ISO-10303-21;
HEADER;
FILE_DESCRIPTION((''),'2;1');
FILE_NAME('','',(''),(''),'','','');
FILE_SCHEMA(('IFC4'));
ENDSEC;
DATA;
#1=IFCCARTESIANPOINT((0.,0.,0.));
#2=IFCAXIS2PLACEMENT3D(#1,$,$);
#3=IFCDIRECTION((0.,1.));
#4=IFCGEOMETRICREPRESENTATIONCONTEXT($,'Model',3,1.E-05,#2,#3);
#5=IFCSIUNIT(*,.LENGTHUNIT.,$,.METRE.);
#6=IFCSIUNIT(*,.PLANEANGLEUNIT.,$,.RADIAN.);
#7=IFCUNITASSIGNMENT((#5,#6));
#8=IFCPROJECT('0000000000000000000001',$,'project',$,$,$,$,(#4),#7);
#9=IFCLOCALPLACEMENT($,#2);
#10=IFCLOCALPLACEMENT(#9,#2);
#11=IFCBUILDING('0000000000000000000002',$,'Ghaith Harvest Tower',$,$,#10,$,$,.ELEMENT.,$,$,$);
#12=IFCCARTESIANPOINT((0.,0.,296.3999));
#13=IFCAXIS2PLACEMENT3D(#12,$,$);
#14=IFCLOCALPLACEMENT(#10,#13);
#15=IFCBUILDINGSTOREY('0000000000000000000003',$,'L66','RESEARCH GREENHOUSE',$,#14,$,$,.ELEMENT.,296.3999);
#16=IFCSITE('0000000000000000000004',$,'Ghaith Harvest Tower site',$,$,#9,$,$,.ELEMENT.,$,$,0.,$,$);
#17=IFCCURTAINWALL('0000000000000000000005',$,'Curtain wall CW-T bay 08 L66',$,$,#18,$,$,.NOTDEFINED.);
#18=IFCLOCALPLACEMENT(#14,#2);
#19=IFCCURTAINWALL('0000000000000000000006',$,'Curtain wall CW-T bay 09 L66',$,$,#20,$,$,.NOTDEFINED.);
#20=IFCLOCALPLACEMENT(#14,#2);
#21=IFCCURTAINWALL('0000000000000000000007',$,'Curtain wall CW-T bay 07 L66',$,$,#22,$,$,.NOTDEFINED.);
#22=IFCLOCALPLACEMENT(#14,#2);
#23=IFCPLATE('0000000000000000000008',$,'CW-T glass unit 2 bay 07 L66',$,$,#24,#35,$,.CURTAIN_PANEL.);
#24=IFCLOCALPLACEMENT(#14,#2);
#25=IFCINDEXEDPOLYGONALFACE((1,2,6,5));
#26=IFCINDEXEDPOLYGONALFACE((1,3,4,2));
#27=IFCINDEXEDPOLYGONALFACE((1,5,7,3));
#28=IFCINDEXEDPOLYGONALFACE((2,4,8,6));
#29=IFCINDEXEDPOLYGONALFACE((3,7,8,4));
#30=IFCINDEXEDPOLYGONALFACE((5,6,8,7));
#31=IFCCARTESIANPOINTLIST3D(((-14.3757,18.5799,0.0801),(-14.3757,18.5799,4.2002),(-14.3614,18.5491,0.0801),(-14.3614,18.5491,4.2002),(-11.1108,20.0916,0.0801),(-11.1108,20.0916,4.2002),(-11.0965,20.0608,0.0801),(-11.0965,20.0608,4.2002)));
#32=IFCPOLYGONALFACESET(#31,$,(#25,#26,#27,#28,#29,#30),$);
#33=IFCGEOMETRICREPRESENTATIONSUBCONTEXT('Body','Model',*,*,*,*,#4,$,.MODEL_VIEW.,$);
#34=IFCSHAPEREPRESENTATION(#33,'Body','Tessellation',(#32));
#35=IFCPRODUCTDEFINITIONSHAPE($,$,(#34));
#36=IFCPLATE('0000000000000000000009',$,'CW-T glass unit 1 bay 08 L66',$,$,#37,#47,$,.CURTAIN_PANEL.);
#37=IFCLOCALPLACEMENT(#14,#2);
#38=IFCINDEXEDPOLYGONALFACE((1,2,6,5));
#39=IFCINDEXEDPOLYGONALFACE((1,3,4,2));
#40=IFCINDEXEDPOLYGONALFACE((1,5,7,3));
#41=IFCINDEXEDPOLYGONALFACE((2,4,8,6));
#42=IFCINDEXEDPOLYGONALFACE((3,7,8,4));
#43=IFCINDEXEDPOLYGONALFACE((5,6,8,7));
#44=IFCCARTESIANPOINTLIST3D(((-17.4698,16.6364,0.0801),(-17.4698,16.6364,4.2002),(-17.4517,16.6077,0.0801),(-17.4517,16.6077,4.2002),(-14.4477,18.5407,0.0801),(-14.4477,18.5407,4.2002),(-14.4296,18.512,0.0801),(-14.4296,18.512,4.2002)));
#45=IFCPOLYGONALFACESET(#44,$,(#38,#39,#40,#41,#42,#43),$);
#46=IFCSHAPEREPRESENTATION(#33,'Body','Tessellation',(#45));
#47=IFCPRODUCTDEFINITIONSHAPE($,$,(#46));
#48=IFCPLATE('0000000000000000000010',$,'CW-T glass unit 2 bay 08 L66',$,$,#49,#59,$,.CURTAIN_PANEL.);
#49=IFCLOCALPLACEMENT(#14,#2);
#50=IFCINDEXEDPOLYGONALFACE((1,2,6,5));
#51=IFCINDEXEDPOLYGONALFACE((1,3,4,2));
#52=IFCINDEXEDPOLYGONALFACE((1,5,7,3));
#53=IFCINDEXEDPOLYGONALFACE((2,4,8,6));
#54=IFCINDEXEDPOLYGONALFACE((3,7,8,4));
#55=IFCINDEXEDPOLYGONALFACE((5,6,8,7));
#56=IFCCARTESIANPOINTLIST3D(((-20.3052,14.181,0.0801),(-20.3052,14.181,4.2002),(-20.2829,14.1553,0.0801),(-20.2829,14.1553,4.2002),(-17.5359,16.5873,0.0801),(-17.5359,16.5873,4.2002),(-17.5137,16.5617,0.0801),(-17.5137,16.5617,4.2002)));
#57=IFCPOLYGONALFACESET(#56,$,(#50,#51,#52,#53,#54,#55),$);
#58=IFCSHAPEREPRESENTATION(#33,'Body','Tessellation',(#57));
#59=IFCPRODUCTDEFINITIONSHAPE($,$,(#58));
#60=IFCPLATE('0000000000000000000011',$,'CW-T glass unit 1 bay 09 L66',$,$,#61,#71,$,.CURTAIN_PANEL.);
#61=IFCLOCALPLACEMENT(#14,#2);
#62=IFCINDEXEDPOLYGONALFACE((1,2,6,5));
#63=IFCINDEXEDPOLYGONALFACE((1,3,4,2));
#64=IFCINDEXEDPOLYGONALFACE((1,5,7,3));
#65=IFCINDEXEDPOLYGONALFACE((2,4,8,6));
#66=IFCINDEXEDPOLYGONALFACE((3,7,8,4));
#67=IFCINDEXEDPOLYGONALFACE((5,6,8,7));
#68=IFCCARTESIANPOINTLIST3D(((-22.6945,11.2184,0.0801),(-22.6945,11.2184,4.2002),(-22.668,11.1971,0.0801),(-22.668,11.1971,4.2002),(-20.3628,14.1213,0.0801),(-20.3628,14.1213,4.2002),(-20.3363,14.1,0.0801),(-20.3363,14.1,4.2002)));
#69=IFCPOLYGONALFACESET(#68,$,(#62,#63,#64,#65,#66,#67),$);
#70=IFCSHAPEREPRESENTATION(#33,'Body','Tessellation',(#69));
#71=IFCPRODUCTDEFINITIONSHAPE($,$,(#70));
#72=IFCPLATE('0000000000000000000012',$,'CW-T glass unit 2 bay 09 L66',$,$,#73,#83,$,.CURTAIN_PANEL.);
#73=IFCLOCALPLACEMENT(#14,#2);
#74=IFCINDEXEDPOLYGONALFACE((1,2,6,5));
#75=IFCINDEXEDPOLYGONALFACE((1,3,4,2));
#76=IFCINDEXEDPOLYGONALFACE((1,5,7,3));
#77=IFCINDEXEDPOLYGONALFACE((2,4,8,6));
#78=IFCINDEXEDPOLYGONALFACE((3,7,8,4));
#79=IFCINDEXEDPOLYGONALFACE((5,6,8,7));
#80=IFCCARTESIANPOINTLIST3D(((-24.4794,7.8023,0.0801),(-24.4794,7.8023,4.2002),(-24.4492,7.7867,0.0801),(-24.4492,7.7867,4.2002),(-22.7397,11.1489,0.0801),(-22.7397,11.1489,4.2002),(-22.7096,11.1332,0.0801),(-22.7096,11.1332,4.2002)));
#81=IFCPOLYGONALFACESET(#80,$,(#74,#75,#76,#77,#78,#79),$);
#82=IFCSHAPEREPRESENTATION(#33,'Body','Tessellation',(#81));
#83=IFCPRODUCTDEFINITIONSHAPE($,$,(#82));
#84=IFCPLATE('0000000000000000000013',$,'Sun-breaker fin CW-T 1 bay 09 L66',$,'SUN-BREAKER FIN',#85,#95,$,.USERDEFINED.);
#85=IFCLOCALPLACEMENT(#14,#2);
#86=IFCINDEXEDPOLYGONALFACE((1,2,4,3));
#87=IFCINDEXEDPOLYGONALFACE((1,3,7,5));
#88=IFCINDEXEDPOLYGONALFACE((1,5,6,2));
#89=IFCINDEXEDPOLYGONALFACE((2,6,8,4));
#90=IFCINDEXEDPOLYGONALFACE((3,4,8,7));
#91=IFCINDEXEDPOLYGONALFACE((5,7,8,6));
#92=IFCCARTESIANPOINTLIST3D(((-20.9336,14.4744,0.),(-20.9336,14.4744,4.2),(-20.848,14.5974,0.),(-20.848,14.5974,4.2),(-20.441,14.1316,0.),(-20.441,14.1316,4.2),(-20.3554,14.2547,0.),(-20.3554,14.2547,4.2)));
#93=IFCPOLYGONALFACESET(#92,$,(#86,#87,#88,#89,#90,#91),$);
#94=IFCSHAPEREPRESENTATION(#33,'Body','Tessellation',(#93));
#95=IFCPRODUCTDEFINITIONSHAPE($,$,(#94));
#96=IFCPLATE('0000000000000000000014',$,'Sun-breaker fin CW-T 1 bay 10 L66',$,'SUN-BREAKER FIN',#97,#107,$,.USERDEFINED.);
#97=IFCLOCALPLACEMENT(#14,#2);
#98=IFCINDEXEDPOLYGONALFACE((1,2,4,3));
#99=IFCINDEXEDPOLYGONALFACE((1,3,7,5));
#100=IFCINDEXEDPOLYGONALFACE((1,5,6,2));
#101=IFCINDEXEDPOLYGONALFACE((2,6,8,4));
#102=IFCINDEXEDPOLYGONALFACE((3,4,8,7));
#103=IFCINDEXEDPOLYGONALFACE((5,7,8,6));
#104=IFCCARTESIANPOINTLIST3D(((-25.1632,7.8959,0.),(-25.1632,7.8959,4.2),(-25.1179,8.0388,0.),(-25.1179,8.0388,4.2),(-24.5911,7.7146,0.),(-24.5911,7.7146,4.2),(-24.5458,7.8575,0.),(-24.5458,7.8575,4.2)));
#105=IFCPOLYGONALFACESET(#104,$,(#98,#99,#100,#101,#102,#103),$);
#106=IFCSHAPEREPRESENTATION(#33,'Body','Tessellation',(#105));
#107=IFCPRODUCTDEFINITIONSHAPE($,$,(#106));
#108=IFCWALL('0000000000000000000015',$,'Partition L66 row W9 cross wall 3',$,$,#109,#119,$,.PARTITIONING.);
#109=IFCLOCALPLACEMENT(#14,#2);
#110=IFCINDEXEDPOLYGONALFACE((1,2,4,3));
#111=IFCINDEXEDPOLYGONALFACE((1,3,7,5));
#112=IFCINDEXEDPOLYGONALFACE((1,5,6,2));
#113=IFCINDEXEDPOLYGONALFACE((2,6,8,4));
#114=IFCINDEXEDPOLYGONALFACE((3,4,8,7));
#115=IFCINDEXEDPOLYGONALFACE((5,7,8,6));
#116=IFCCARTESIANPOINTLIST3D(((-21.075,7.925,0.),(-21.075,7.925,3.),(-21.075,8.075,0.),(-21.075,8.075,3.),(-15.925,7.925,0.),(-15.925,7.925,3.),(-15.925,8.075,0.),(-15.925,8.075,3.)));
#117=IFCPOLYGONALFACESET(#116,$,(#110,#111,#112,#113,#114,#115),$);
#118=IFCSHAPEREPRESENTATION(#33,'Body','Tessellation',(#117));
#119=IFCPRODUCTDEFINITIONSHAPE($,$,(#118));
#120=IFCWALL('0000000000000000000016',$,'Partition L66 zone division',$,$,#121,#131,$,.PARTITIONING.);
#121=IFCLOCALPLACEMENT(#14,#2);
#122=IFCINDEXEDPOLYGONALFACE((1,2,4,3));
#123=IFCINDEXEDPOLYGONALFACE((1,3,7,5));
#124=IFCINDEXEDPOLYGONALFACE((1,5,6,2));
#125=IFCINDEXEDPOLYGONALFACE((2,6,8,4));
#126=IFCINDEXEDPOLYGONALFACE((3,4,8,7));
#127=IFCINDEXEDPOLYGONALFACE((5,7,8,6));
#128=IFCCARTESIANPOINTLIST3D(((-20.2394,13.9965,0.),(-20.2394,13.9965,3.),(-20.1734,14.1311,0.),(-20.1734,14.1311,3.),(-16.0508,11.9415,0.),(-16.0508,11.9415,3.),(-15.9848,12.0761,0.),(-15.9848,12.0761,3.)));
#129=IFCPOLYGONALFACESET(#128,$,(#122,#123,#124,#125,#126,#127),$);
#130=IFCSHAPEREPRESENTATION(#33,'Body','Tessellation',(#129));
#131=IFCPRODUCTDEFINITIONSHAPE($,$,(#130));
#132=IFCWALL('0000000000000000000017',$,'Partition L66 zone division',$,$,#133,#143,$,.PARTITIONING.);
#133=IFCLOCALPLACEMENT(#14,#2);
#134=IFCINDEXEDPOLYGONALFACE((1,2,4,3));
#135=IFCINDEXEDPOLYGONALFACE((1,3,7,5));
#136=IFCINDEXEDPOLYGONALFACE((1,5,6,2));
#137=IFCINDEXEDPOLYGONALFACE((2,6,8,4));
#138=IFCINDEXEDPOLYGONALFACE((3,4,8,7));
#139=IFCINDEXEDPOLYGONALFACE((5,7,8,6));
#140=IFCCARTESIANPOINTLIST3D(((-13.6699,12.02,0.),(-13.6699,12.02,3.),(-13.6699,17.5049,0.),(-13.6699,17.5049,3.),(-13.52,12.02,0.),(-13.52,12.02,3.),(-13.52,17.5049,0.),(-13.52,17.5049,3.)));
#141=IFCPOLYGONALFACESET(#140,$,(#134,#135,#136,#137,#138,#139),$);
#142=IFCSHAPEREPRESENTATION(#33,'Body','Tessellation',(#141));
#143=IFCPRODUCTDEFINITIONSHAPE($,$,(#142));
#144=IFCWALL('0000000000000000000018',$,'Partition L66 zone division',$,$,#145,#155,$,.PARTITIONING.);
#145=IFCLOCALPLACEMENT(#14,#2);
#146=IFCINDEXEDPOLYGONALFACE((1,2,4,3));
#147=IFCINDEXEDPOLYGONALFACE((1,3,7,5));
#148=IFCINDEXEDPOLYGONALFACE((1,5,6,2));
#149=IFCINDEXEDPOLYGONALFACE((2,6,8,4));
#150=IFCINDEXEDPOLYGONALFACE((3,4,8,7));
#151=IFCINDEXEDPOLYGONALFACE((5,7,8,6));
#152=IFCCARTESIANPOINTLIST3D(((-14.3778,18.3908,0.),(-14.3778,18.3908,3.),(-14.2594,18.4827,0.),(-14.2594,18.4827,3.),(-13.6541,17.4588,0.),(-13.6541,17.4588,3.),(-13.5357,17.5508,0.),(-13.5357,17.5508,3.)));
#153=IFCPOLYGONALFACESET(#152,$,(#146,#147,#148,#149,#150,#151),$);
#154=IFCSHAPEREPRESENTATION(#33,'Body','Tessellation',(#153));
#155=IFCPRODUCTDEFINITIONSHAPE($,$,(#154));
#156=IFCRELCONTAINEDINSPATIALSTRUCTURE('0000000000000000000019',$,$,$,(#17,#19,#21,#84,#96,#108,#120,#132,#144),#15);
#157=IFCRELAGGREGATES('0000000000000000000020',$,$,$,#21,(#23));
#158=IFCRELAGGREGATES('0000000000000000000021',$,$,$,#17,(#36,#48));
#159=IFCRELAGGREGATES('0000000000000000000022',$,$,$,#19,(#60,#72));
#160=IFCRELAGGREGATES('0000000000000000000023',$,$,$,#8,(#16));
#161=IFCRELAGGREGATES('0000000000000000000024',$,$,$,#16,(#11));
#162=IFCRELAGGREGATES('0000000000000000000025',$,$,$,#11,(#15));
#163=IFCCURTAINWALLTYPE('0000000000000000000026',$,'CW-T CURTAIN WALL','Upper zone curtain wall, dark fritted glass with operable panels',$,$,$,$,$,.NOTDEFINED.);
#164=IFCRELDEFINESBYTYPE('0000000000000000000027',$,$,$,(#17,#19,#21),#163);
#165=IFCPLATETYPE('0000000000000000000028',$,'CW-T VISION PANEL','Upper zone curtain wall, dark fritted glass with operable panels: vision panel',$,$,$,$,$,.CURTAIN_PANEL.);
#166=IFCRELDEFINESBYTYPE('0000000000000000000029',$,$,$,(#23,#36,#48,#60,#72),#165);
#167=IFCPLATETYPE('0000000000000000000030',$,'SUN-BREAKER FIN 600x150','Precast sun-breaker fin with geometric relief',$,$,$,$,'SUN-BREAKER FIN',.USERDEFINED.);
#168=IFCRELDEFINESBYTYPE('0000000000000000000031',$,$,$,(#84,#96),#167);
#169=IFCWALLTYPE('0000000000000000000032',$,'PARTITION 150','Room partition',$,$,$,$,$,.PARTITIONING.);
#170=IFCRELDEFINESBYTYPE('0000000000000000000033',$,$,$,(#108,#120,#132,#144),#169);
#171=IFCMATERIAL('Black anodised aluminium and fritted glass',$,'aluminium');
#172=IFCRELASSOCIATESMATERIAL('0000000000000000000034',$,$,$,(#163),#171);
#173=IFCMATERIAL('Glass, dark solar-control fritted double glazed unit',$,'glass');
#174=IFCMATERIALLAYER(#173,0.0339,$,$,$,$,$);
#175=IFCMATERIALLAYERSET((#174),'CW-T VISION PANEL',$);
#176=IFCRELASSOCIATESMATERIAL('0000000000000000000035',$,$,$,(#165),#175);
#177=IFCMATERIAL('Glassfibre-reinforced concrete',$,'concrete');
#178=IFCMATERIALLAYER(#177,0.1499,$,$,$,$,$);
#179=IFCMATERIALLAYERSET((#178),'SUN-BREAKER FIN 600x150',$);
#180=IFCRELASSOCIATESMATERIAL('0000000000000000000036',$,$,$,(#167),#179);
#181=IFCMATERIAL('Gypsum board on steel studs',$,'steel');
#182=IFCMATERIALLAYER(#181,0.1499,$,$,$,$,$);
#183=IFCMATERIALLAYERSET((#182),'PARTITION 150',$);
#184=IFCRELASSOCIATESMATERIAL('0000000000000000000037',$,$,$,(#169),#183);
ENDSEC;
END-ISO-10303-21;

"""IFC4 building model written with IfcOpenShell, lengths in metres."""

from ifc_helpers import new_model, si_unit, direction, frame, frame_2d, origin, origin_2d, place, context, subcontext, project, spatial, rectangle, extrude, material, layer, layer_set, type_object, element, aggregate, save


model = new_model("IFC4")

# Units and contexts
model_context = context("Model", 3, precision=1e-05, world=origin(), true_north=direction((0.0, 1.0)))
body_context = subcontext(model_context, "Body", "Model", "MODEL_VIEW")
ifc_project = project(units=[si_unit("LENGTHUNIT", "METRE"), si_unit("PLANEANGLEUNIT", "RADIAN")], contexts=[model_context])

# Site, building, storey
site_placement = place(None, origin())
site = spatial("IfcSite", under=ifc_project, at=site_placement, Name="Ghaith Harvest Tower site", CompositionType="ELEMENT", RefElevation=0.0)
building_placement = place(site_placement, origin())
building = spatial("IfcBuilding", under=site, at=building_placement, Name="Ghaith Harvest Tower", CompositionType="ELEMENT")
storey_placement = place(building_placement, frame((0.0, 0.0, 296.3999)))
storey = spatial("IfcBuildingStorey", under=building, at=storey_placement, Name="L66", Description="RESEARCH GREENHOUSE", CompositionType="ELEMENT", Elevation=296.3999)

# Curtain walls
ifc_material_1 = material(Name="Black anodised aluminium and fritted glass", Category="aluminium")
curtain_wall_type = type_object("IfcCurtainWallType", Name="CW-T CURTAIN WALL", Description="Upper zone curtain wall, dark fritted glass with operable panels", PredefinedType="NOTDEFINED", material=ifc_material_1)
curtain_wall_1_placement = place(storey_placement, origin())
curtain_wall_1 = element("IfcCurtainWall", 1, at=curtain_wall_1_placement, inside=storey, type_object=curtain_wall_type, Name="Curtain wall CW-T bay 08 L66", PredefinedType="NOTDEFINED")
curtain_wall_2_placement = place(storey_placement, origin())
curtain_wall_2 = element("IfcCurtainWall", 2, at=curtain_wall_2_placement, inside=storey, type_object=curtain_wall_type, Name="Curtain wall CW-T bay 09 L66", PredefinedType="NOTDEFINED")

# Curtain wall, plate
curtain_wall_3_placement = place(storey_placement, origin())
curtain_wall_3 = element("IfcCurtainWall", 3, at=curtain_wall_3_placement, inside=storey, type_object=curtain_wall_type, Name="Curtain wall CW-T bay 07 L66", PredefinedType="NOTDEFINED")
ifc_material_2 = material(Name="Glass, dark solar-control fritted double glazed unit", Category="glass")
ifc_layer_1 = layer(ifc_material_2, 0.0339)
ifc_layer_set_1 = layer_set([ifc_layer_1], Name="CW-T VISION PANEL")
plate_type_1 = type_object("IfcPlateType", Name="CW-T VISION PANEL", Description="Upper zone curtain wall, dark fritted glass with operable panels: vision panel", PredefinedType="CURTAIN_PANEL", material=ifc_layer_set_1)
plate_1_placement = place(storey_placement, frame((-12.7361, 19.3203, 0.0801), z_axis=(0.0, 0.0, 1.0), x_axis=(-0.90745, -0.42016, 0.0)))
plate_1 = element("IfcPlate", 4, at=plate_1_placement, type_object=plate_type_1, Name="CW-T glass unit 2 bay 07 L66", PredefinedType="CURTAIN_PANEL", context=body_context, shape_type="SweptSolid", body=[
    extrude(rectangle(XDim=3.5979, YDim=0.0339, at=origin_2d()), origin(), (0.0, 0.0, 1.0), 4.1201),
])
aggregate(curtain_wall_3, [plate_1])

# Plates
plate_2_placement = place(storey_placement, frame((-15.9497, 17.5742, 0.0801), z_axis=(0.0, 0.0, 1.0), x_axis=(-0.846043, -0.533114, 0.0)))
plate_2 = element("IfcPlate", 5, at=plate_2_placement, type_object=plate_type_1, Name="CW-T glass unit 1 bay 08 L66", PredefinedType="CURTAIN_PANEL", context=body_context, shape_type="SweptSolid", body=[
    extrude(rectangle(XDim=3.572, YDim=0.0339, at=origin_2d()), origin(), (0.0, 0.0, 1.0), 4.1201),
])
plate_3_placement = place(storey_placement, frame((-18.9094, 15.3713, 0.0801), z_axis=(0.0, 0.0, 1.0), x_axis=(-0.754829, -0.655922, 0.0)))
plate_3 = element("IfcPlate", 6, at=plate_3_placement, type_object=plate_type_1, Name="CW-T glass unit 2 bay 08 L66", PredefinedType="CURTAIN_PANEL", context=body_context, shape_type="SweptSolid", body=[
    extrude(rectangle(XDim=3.6687, YDim=0.0339, at=origin_2d()), origin(), (0.0, 0.0, 1.0), 4.1201),
])
aggregate(curtain_wall_1, [plate_2, plate_3])
plate_4_placement = place(storey_placement, frame((-21.5154, 12.6592, 0.0801), z_axis=(0.0, 0.0, 1.0), x_axis=(-0.62623, -0.779639, 0.0)))
plate_4 = element("IfcPlate", 7, at=plate_4_placement, type_object=plate_type_1, Name="CW-T glass unit 1 bay 09 L66", PredefinedType="CURTAIN_PANEL", context=body_context, shape_type="SweptSolid", body=[
    extrude(rectangle(XDim=3.7234, YDim=0.0339, at=origin_2d()), origin(), (0.0, 0.0, 1.0), 4.1201),
])
plate_5_placement = place(storey_placement, frame((-23.5945, 9.4678, 0.0801), z_axis=(0.0, 0.0, 1.0), x_axis=(-0.46123, -0.887281, 0.0)))
plate_5 = element("IfcPlate", 8, at=plate_5_placement, type_object=plate_type_1, Name="CW-T glass unit 2 bay 09 L66", PredefinedType="CURTAIN_PANEL", context=body_context, shape_type="SweptSolid", body=[
    extrude(rectangle(XDim=3.7717, YDim=0.0339, at=origin_2d()), origin(), (0.0, 0.0, 1.0), 4.1201),
])
aggregate(curtain_wall_2, [plate_4, plate_5])

# Plates
ifc_material_3 = material(Name="Glassfibre-reinforced concrete", Category="concrete")
ifc_layer_2 = layer(ifc_material_3, 0.1499)
ifc_layer_set_2 = layer_set([ifc_layer_2], Name="SUN-BREAKER FIN 600x150")
plate_type_2 = type_object("IfcPlateType", Name="SUN-BREAKER FIN 600x150", Description="Precast sun-breaker fin with geometric relief", ElementType="SUN-BREAKER FIN", PredefinedType="USERDEFINED", material=ifc_layer_set_2)
for number, where, z_axis, x_axis, name in (
    (9, (-20.6445, 14.3645, 0.0), (0.0, 0.0, 1.0), (-0.820845, 0.57115, 0.0), "Sun-breaker fin CW-T 1 bay 09 L66"),
    (10, (-24.8545, 7.8767, 0.0), (0.0, 0.0, 1.0), (-0.953273, 0.30211, 0.0), "Sun-breaker fin CW-T 1 bay 10 L66"),
):
    element("IfcPlate", number, at=place(storey_placement, frame(where, z_axis=z_axis, x_axis=x_axis)), inside=storey, type_object=plate_type_2, Name=name, ObjectType="SUN-BREAKER FIN", PredefinedType="USERDEFINED", context=body_context, shape_type="SweptSolid", body=[
        extrude(rectangle(XDim=0.6001, YDim=0.1499, at=origin_2d()), origin(), (0.0, 0.0, 1.0), 4.2),
    ])

# Walls
ifc_material_4 = material(Name="Gypsum board on steel studs", Category="steel")
ifc_layer_3 = layer(ifc_material_4, 0.1499)
ifc_layer_set_3 = layer_set([ifc_layer_3], Name="PARTITION 150")
wall_type_1 = type_object("IfcWallType", Name="PARTITION 150", Description="Room partition", PredefinedType="PARTITIONING", material=ifc_layer_set_3)
wall_1_placement = place(storey_placement, frame((-15.925, 8.0, 0.0), z_axis=(0.0, 0.0, 1.0), x_axis=(-1.0, 0.0, 0.0)))
element("IfcWall", 11, at=wall_1_placement, inside=storey, type_object=wall_type_1, Name="Partition L66 row W9 cross wall 3", PredefinedType="PARTITIONING", context=body_context, shape_type="SweptSolid", body=[
    extrude(rectangle(XDim=5.1499, YDim=0.1499, at=frame_2d((2.575, 0.0))), origin(), (0.0, 0.0, 1.0), 3.0),
])
wall_2_placement = place(storey_placement, frame((-16.0178, 12.0088, 0.0), z_axis=(0.0, 0.0, 1.0), x_axis=(-0.897772, 0.440461, 0.0)))
element("IfcWall", 12, at=wall_2_placement, inside=storey, type_object=wall_type_1, Name="Partition L66 zone division", PredefinedType="PARTITIONING", context=body_context, shape_type="SweptSolid", body=[
    extrude(rectangle(XDim=4.6655, YDim=0.1499, at=frame_2d((2.3328, 0.0))), origin(), (0.0, 0.0, 1.0), 3.0),
])
wall_3_placement = place(storey_placement, frame((-13.595, 12.02, 0.0), z_axis=(0.0, 0.0, 1.0), x_axis=(0.0, 1.0, 0.0)))
element("IfcWall", 13, at=wall_3_placement, inside=storey, type_object=wall_type_1, Name="Partition L66 zone division", PredefinedType="PARTITIONING", context=body_context, shape_type="SweptSolid", body=[
    extrude(rectangle(XDim=5.4849, YDim=0.1499, at=frame_2d((2.7424, 0.0))), origin(), (0.0, 0.0, 1.0), 3.0),
])
wall_4_placement = place(storey_placement, frame((-13.595, 17.5049, 0.0), z_axis=(0.0, 0.0, 1.0), x_axis=(-0.613324, 0.789831, 0.0)))
element("IfcWall", 14, at=wall_4_placement, inside=storey, type_object=wall_type_1, Name="Partition L66 zone division", PredefinedType="PARTITIONING", context=body_context, shape_type="SweptSolid", body=[
    extrude(rectangle(XDim=1.1799, YDim=0.1499, at=frame_2d((0.5898, 0.0))), origin(), (0.0, 0.0, 1.0), 3.0),
])

save(model, "model.ifc")
